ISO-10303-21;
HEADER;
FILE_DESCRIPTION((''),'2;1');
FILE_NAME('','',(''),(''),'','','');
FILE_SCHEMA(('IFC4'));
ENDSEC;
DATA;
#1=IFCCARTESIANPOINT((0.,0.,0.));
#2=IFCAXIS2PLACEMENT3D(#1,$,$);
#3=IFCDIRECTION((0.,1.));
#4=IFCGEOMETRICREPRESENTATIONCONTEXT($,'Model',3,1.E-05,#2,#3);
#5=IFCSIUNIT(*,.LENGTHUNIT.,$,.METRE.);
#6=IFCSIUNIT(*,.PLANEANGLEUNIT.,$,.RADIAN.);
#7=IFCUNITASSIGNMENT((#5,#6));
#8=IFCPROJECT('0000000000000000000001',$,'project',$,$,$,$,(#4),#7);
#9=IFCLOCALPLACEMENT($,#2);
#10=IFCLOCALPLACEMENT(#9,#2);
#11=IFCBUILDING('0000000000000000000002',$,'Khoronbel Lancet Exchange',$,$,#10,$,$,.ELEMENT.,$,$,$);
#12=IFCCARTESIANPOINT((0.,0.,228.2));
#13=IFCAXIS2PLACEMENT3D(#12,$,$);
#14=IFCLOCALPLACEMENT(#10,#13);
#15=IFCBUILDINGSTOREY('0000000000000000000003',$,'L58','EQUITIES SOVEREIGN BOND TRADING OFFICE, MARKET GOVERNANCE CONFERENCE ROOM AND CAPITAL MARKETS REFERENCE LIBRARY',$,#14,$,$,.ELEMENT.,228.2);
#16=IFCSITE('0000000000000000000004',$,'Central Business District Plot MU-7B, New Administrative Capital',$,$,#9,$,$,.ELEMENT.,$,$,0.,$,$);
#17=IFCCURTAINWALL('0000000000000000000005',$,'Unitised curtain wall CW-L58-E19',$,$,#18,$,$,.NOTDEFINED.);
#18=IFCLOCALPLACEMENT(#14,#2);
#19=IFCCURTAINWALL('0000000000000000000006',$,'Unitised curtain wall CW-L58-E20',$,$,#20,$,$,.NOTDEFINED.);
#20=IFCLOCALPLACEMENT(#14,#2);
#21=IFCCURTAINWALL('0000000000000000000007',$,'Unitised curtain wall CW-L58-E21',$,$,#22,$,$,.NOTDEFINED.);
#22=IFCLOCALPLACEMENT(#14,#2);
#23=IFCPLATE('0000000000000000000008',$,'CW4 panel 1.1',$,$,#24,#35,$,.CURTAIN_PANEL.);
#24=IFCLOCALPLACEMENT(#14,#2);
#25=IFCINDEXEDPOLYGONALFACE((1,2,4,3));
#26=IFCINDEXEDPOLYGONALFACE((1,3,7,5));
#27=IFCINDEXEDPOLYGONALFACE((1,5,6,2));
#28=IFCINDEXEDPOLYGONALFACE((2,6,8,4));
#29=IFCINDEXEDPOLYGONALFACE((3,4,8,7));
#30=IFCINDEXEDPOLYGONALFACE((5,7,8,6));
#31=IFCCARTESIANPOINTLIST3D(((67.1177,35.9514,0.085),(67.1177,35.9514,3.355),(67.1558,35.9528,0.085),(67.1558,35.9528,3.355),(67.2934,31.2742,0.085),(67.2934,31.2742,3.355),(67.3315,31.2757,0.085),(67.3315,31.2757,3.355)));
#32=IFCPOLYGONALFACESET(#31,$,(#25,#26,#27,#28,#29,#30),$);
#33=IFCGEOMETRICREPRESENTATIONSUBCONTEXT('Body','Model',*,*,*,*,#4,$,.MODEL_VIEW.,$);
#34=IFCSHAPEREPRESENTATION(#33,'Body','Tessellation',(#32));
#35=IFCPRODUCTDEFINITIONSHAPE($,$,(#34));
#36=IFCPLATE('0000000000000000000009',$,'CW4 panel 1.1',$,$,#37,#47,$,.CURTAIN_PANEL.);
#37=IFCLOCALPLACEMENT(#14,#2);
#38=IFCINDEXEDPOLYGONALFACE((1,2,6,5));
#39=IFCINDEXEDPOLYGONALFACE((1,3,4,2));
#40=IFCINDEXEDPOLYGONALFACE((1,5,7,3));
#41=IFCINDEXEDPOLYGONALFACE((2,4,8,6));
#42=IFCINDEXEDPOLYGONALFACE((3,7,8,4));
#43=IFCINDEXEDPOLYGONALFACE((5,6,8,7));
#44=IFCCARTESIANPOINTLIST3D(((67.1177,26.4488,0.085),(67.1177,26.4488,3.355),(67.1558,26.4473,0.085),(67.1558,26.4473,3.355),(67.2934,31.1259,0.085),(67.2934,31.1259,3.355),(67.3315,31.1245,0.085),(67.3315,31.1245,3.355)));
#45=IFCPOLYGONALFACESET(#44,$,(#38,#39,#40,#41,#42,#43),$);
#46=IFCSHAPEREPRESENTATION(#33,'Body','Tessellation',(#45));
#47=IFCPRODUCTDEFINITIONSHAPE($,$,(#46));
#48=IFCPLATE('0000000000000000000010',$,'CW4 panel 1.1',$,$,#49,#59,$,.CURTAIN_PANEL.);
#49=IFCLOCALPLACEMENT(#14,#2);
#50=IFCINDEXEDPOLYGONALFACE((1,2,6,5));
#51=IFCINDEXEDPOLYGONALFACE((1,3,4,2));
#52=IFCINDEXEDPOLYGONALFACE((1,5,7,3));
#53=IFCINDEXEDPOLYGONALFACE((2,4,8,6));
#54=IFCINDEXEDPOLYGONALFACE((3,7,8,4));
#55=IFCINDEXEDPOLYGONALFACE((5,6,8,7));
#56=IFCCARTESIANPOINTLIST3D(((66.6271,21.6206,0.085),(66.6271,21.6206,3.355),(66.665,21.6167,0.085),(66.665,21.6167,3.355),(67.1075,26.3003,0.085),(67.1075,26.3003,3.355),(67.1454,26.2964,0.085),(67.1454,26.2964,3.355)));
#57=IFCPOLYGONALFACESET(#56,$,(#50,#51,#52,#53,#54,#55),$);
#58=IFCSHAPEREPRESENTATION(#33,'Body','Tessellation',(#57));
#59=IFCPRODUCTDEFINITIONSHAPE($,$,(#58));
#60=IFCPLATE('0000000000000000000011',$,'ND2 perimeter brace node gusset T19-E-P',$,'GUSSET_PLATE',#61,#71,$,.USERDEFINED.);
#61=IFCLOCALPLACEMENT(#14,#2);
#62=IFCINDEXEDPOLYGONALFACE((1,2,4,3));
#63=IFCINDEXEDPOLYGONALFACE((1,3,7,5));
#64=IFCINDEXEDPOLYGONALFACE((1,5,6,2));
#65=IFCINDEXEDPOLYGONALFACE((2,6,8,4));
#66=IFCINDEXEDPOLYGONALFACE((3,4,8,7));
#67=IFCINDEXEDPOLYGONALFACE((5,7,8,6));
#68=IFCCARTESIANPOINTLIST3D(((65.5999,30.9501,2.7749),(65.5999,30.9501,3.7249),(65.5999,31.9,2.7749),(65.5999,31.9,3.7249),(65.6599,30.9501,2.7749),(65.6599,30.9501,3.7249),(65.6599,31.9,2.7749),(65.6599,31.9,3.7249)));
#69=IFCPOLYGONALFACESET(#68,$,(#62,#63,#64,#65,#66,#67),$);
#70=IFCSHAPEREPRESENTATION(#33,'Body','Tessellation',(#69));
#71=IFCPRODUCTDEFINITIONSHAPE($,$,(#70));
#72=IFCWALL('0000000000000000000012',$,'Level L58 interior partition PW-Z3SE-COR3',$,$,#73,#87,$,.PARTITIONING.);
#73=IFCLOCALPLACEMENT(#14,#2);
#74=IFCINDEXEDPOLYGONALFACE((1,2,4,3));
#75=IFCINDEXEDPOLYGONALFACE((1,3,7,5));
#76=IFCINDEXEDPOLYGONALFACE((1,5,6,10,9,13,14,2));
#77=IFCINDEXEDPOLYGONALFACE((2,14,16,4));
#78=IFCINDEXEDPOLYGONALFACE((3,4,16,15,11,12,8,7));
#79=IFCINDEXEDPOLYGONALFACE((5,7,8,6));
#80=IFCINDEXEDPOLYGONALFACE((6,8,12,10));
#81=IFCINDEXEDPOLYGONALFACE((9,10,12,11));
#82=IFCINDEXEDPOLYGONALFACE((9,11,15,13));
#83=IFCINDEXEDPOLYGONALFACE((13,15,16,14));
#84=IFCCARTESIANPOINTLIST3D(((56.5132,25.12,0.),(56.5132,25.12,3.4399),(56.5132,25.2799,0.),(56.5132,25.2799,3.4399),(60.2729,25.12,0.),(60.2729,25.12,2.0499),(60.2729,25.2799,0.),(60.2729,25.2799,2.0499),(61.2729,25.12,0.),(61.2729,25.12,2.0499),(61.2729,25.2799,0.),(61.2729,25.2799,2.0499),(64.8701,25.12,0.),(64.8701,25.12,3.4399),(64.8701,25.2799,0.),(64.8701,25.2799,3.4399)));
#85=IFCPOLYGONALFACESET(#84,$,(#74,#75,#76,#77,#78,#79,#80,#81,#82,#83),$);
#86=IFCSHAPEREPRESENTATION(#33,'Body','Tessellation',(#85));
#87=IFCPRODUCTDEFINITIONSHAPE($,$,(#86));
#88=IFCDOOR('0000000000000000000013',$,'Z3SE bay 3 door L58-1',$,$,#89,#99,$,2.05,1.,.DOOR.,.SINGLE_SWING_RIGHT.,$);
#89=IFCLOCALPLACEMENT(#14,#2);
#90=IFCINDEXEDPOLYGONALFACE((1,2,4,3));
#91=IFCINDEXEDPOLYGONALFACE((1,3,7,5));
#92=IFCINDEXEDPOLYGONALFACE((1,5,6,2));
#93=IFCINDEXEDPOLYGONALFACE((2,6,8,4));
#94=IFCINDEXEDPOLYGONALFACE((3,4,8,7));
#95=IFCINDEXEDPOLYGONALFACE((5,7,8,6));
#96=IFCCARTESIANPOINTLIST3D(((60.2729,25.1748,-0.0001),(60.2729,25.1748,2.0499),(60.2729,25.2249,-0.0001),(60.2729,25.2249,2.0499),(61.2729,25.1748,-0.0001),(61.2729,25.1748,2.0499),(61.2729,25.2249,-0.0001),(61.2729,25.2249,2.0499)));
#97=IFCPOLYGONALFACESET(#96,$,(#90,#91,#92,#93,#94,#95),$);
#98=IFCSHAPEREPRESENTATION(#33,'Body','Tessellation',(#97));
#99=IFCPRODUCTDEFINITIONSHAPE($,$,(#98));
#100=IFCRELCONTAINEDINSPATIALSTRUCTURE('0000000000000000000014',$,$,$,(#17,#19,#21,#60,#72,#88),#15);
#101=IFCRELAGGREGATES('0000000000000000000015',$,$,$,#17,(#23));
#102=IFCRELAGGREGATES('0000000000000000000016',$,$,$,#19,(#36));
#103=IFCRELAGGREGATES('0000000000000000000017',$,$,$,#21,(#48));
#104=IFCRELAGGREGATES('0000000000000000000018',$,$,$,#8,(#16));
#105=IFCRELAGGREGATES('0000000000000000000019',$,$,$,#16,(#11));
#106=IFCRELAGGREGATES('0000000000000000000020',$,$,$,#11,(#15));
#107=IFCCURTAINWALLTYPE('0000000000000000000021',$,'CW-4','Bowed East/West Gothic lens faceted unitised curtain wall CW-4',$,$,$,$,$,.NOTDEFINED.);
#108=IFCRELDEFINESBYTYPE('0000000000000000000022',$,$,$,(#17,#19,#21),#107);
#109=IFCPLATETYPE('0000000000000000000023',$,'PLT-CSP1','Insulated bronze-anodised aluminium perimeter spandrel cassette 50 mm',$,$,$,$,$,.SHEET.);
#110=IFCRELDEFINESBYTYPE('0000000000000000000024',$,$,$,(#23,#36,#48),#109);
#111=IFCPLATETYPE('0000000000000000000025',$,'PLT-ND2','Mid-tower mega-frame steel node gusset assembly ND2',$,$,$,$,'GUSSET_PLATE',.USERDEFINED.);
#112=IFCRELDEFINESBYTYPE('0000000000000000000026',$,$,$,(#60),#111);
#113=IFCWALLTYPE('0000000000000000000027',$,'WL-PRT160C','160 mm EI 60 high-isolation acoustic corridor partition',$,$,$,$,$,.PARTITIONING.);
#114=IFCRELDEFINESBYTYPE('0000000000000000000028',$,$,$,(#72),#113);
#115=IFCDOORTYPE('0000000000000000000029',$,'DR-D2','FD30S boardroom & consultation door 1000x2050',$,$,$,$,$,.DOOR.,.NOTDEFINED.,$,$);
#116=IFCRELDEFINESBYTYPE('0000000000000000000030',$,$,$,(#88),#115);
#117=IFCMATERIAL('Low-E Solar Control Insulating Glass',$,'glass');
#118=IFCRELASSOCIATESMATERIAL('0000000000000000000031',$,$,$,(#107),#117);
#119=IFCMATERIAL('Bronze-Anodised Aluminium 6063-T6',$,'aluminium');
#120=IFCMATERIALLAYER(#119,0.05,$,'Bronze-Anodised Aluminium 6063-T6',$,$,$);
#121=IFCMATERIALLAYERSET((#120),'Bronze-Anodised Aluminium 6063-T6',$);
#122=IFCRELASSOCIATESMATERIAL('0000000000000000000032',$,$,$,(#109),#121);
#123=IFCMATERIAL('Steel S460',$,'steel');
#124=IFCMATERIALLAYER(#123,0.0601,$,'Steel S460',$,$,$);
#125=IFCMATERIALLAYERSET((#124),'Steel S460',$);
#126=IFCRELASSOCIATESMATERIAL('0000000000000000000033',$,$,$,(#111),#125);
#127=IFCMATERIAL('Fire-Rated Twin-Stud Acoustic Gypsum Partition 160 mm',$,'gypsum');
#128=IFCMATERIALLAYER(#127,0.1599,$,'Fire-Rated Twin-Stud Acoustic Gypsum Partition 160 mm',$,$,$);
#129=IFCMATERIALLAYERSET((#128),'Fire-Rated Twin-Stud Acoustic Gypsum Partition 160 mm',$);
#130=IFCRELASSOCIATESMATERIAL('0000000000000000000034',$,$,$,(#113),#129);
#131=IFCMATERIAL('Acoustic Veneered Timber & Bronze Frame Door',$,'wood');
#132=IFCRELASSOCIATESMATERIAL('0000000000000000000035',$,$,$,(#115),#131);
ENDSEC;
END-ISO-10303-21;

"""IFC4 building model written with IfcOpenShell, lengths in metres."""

from ifc_helpers import new_model, si_unit, direction, frame, frame_2d, origin, origin_2d, place, context, subcontext, project, spatial, rectangle, extrude, material, layer, layer_set, type_object, element, fill, aggregate, save


model = new_model("IFC4")

# Units and contexts
model_context = context("Model", 3, precision=1e-05, world=origin(), true_north=direction((0.0, 1.0)))
body_context = subcontext(model_context, "Body", "Model", "MODEL_VIEW")
ifc_project = project(units=[si_unit("LENGTHUNIT", "METRE"), si_unit("PLANEANGLEUNIT", "RADIAN")], contexts=[model_context])

# Site, building, storey
site_placement = place(None, origin())
site = spatial("IfcSite", under=ifc_project, at=site_placement, Name="Central Business District Plot MU-7B, New Administrative Capital", CompositionType="ELEMENT", RefElevation=0.0)
building_placement = place(site_placement, origin())
building = spatial("IfcBuilding", under=site, at=building_placement, Name="Khoronbel Lancet Exchange", CompositionType="ELEMENT")
storey_placement = place(building_placement, frame((0.0, 0.0, 228.2)))
storey = spatial("IfcBuildingStorey", under=building, at=storey_placement, Name="L58", Description="EQUITIES SOVEREIGN BOND TRADING OFFICE, MARKET GOVERNANCE CONFERENCE ROOM AND CAPITAL MARKETS REFERENCE LIBRARY", CompositionType="ELEMENT", Elevation=228.2)

# Curtain wall
ifc_material_1 = material(Name="Low-E Solar Control Insulating Glass", Category="glass")
curtain_wall_type = type_object("IfcCurtainWallType", Name="CW-4", Description="Bowed East/West Gothic lens faceted unitised curtain wall CW-4", PredefinedType="NOTDEFINED", material=ifc_material_1)
curtain_wall_1_placement = place(storey_placement, origin())
curtain_wall_1 = element("IfcCurtainWall", 1, at=curtain_wall_1_placement, inside=storey, type_object=curtain_wall_type, Name="Unitised curtain wall CW-L58-E19", PredefinedType="NOTDEFINED")
ifc_material_2 = material(Name="Bronze-Anodised Aluminium 6063-T6", Category="aluminium")

# Curtain walls
curtain_wall_2_placement = place(storey_placement, origin())
curtain_wall_2 = element("IfcCurtainWall", 2, at=curtain_wall_2_placement, inside=storey, type_object=curtain_wall_type, Name="Unitised curtain wall CW-L58-E20", PredefinedType="NOTDEFINED")
curtain_wall_3_placement = place(storey_placement, origin())
curtain_wall_3 = element("IfcCurtainWall", 3, at=curtain_wall_3_placement, inside=storey, type_object=curtain_wall_type, Name="Unitised curtain wall CW-L58-E21", PredefinedType="NOTDEFINED")

# Plates
ifc_layer_1 = layer(ifc_material_2, 0.05, Name="Bronze-Anodised Aluminium 6063-T6")
ifc_layer_set_1 = layer_set([ifc_layer_1], Name="Bronze-Anodised Aluminium 6063-T6")
plate_type_1 = type_object("IfcPlateType", Name="PLT-CSP1", Description="Insulated bronze-anodised aluminium perimeter spandrel cassette 50 mm", PredefinedType="SHEET", material=ifc_layer_set_1)
plate_1_placement = place(storey_placement, frame((67.2246, 33.6135, 0.085), z_axis=(0.0, 0.0, 1.0), x_axis=(0.037533, -0.999295, 0.0)))
plate_1 = element("IfcPlate", 4, at=plate_1_placement, type_object=plate_type_1, Name="CW4 panel 1.1", PredefinedType="CURTAIN_PANEL", context=body_context, shape_type="SweptSolid", body=[
    extrude(rectangle(XDim=4.6804, YDim=0.0381, at=origin_2d()), origin(), (0.0, 0.0, 1.0), 3.27),
])
aggregate(curtain_wall_1, [plate_1])
plate_2_placement = place(storey_placement, frame((67.2246, 28.7866, 0.085), z_axis=(0.0, 0.0, 1.0), x_axis=(-0.037533, -0.999295, 0.0)))
plate_2 = element("IfcPlate", 5, at=plate_2_placement, type_object=plate_type_1, Name="CW4 panel 1.1", PredefinedType="CURTAIN_PANEL", context=body_context, shape_type="SweptSolid", body=[
    extrude(rectangle(XDim=4.6804, YDim=0.0381, at=origin_2d()), origin(), (0.0, 0.0, 1.0), 3.27),
])
aggregate(curtain_wall_2, [plate_2])
plate_3_placement = place(storey_placement, frame((66.8862, 23.9585, 0.085), z_axis=(0.0, 0.0, 1.0), x_axis=(-0.102116, -0.994772, 0.0)))
plate_3 = element("IfcPlate", 6, at=plate_3_placement, type_object=plate_type_1, Name="CW4 panel 1.1", PredefinedType="CURTAIN_PANEL", context=body_context, shape_type="SweptSolid", body=[
    extrude(rectangle(XDim=4.7043, YDim=0.0381, at=origin_2d()), origin(), (0.0, 0.0, 1.0), 3.27),
])
aggregate(curtain_wall_3, [plate_3])
ifc_material_3 = material(Name="Steel S460", Category="steel")
ifc_layer_2 = layer(ifc_material_3, 0.0601, Name="Steel S460")
ifc_layer_set_2 = layer_set([ifc_layer_2], Name="Steel S460")
plate_type_2 = type_object("IfcPlateType", Name="PLT-ND2", Description="Mid-tower mega-frame steel node gusset assembly ND2", ElementType="GUSSET_PLATE", PredefinedType="USERDEFINED", material=ifc_layer_set_2)
plate_4_placement = place(storey_placement, frame((65.6299, 31.425, 2.7749), z_axis=(0.0, 0.0, 1.0), x_axis=(0.0, 1.0, 0.0)))
element("IfcPlate", 7, at=plate_4_placement, inside=storey, type_object=plate_type_2, Name="ND2 perimeter brace node gusset T19-E-P", ObjectType="GUSSET_PLATE", PredefinedType="USERDEFINED", context=body_context, shape_type="SweptSolid", body=[
    extrude(rectangle(XDim=0.95, YDim=0.0601, at=origin_2d()), origin(), (0.0, 0.0, 1.0), 0.95),
])

# Wall, opening, door
ifc_material_4 = material(Name="Fire-Rated Twin-Stud Acoustic Gypsum Partition 160 mm", Category="gypsum")
ifc_layer_3 = layer(ifc_material_4, 0.1599, Name="Fire-Rated Twin-Stud Acoustic Gypsum Partition 160 mm")
ifc_layer_set_3 = layer_set([ifc_layer_3], Name="Fire-Rated Twin-Stud Acoustic Gypsum Partition 160 mm")
wall_type = type_object("IfcWallType", Name="WL-PRT160C", Description="160 mm EI 60 high-isolation acoustic corridor partition", PredefinedType="PARTITIONING", material=ifc_layer_set_3)
wall_placement = place(storey_placement, frame((56.5132, 25.2, 0.0), z_axis=(0.0, 0.0, 1.0), x_axis=(1.0, 0.0, 0.0)))
wall = element("IfcWall", 8, at=wall_placement, inside=storey, type_object=wall_type, Name="Level L58 interior partition PW-Z3SE-COR3", PredefinedType="PARTITIONING", context=body_context, shape_type="SweptSolid", body=[
    extrude(rectangle(XDim=8.3569, YDim=0.1599, at=frame_2d((4.1785, 0.0))), origin(), (0.0, 0.0, 1.0), 3.4399),
])
opening_placement = place(wall_placement, frame((3.7598, 0.0, 0.0)))
opening = element("IfcOpeningElement", 9, at=opening_placement, cuts=wall, PredefinedType="OPENING", context=body_context, shape_type="SweptSolid", body=[
    extrude(rectangle(XDim=1.0, YDim=2.05, at=frame_2d((0.5, 1.0249))), frame((0.0, 0.0898, 0.0), z_axis=(0.0, -1.0, 0.0), x_axis=(1.0, 0.0, 0.0)), (0.0, 0.0, 1.0), 0.1799),
])
ifc_material_5 = material(Name="Acoustic Veneered Timber & Bronze Frame Door", Category="wood")
door_type = type_object("IfcDoorType", Name="DR-D2", Description="FD30S boardroom & consultation door 1000x2050", OperationType="NOTDEFINED", PredefinedType="DOOR", material=ifc_material_5)
door_placement = place(opening_placement, origin())
door = element("IfcDoor", 10, at=door_placement, inside=storey, type_object=door_type, Name="Z3SE bay 3 door L58-1", OperationType="SINGLE_SWING_RIGHT", OverallHeight=2.05, OverallWidth=1.0, PredefinedType="DOOR", context=body_context, shape_type="SweptSolid", body=[
    extrude(rectangle(XDim=1.0, YDim=2.05, at=frame_2d((0.5, 1.0249))), frame((0.0, 0.0249, 0.0), z_axis=(0.0, -1.0, 0.0), x_axis=(1.0, 0.0, 0.0)), (0.0, 0.0, 1.0), 0.05),
])
fill(opening, door)

save(model, "model.ifc")
